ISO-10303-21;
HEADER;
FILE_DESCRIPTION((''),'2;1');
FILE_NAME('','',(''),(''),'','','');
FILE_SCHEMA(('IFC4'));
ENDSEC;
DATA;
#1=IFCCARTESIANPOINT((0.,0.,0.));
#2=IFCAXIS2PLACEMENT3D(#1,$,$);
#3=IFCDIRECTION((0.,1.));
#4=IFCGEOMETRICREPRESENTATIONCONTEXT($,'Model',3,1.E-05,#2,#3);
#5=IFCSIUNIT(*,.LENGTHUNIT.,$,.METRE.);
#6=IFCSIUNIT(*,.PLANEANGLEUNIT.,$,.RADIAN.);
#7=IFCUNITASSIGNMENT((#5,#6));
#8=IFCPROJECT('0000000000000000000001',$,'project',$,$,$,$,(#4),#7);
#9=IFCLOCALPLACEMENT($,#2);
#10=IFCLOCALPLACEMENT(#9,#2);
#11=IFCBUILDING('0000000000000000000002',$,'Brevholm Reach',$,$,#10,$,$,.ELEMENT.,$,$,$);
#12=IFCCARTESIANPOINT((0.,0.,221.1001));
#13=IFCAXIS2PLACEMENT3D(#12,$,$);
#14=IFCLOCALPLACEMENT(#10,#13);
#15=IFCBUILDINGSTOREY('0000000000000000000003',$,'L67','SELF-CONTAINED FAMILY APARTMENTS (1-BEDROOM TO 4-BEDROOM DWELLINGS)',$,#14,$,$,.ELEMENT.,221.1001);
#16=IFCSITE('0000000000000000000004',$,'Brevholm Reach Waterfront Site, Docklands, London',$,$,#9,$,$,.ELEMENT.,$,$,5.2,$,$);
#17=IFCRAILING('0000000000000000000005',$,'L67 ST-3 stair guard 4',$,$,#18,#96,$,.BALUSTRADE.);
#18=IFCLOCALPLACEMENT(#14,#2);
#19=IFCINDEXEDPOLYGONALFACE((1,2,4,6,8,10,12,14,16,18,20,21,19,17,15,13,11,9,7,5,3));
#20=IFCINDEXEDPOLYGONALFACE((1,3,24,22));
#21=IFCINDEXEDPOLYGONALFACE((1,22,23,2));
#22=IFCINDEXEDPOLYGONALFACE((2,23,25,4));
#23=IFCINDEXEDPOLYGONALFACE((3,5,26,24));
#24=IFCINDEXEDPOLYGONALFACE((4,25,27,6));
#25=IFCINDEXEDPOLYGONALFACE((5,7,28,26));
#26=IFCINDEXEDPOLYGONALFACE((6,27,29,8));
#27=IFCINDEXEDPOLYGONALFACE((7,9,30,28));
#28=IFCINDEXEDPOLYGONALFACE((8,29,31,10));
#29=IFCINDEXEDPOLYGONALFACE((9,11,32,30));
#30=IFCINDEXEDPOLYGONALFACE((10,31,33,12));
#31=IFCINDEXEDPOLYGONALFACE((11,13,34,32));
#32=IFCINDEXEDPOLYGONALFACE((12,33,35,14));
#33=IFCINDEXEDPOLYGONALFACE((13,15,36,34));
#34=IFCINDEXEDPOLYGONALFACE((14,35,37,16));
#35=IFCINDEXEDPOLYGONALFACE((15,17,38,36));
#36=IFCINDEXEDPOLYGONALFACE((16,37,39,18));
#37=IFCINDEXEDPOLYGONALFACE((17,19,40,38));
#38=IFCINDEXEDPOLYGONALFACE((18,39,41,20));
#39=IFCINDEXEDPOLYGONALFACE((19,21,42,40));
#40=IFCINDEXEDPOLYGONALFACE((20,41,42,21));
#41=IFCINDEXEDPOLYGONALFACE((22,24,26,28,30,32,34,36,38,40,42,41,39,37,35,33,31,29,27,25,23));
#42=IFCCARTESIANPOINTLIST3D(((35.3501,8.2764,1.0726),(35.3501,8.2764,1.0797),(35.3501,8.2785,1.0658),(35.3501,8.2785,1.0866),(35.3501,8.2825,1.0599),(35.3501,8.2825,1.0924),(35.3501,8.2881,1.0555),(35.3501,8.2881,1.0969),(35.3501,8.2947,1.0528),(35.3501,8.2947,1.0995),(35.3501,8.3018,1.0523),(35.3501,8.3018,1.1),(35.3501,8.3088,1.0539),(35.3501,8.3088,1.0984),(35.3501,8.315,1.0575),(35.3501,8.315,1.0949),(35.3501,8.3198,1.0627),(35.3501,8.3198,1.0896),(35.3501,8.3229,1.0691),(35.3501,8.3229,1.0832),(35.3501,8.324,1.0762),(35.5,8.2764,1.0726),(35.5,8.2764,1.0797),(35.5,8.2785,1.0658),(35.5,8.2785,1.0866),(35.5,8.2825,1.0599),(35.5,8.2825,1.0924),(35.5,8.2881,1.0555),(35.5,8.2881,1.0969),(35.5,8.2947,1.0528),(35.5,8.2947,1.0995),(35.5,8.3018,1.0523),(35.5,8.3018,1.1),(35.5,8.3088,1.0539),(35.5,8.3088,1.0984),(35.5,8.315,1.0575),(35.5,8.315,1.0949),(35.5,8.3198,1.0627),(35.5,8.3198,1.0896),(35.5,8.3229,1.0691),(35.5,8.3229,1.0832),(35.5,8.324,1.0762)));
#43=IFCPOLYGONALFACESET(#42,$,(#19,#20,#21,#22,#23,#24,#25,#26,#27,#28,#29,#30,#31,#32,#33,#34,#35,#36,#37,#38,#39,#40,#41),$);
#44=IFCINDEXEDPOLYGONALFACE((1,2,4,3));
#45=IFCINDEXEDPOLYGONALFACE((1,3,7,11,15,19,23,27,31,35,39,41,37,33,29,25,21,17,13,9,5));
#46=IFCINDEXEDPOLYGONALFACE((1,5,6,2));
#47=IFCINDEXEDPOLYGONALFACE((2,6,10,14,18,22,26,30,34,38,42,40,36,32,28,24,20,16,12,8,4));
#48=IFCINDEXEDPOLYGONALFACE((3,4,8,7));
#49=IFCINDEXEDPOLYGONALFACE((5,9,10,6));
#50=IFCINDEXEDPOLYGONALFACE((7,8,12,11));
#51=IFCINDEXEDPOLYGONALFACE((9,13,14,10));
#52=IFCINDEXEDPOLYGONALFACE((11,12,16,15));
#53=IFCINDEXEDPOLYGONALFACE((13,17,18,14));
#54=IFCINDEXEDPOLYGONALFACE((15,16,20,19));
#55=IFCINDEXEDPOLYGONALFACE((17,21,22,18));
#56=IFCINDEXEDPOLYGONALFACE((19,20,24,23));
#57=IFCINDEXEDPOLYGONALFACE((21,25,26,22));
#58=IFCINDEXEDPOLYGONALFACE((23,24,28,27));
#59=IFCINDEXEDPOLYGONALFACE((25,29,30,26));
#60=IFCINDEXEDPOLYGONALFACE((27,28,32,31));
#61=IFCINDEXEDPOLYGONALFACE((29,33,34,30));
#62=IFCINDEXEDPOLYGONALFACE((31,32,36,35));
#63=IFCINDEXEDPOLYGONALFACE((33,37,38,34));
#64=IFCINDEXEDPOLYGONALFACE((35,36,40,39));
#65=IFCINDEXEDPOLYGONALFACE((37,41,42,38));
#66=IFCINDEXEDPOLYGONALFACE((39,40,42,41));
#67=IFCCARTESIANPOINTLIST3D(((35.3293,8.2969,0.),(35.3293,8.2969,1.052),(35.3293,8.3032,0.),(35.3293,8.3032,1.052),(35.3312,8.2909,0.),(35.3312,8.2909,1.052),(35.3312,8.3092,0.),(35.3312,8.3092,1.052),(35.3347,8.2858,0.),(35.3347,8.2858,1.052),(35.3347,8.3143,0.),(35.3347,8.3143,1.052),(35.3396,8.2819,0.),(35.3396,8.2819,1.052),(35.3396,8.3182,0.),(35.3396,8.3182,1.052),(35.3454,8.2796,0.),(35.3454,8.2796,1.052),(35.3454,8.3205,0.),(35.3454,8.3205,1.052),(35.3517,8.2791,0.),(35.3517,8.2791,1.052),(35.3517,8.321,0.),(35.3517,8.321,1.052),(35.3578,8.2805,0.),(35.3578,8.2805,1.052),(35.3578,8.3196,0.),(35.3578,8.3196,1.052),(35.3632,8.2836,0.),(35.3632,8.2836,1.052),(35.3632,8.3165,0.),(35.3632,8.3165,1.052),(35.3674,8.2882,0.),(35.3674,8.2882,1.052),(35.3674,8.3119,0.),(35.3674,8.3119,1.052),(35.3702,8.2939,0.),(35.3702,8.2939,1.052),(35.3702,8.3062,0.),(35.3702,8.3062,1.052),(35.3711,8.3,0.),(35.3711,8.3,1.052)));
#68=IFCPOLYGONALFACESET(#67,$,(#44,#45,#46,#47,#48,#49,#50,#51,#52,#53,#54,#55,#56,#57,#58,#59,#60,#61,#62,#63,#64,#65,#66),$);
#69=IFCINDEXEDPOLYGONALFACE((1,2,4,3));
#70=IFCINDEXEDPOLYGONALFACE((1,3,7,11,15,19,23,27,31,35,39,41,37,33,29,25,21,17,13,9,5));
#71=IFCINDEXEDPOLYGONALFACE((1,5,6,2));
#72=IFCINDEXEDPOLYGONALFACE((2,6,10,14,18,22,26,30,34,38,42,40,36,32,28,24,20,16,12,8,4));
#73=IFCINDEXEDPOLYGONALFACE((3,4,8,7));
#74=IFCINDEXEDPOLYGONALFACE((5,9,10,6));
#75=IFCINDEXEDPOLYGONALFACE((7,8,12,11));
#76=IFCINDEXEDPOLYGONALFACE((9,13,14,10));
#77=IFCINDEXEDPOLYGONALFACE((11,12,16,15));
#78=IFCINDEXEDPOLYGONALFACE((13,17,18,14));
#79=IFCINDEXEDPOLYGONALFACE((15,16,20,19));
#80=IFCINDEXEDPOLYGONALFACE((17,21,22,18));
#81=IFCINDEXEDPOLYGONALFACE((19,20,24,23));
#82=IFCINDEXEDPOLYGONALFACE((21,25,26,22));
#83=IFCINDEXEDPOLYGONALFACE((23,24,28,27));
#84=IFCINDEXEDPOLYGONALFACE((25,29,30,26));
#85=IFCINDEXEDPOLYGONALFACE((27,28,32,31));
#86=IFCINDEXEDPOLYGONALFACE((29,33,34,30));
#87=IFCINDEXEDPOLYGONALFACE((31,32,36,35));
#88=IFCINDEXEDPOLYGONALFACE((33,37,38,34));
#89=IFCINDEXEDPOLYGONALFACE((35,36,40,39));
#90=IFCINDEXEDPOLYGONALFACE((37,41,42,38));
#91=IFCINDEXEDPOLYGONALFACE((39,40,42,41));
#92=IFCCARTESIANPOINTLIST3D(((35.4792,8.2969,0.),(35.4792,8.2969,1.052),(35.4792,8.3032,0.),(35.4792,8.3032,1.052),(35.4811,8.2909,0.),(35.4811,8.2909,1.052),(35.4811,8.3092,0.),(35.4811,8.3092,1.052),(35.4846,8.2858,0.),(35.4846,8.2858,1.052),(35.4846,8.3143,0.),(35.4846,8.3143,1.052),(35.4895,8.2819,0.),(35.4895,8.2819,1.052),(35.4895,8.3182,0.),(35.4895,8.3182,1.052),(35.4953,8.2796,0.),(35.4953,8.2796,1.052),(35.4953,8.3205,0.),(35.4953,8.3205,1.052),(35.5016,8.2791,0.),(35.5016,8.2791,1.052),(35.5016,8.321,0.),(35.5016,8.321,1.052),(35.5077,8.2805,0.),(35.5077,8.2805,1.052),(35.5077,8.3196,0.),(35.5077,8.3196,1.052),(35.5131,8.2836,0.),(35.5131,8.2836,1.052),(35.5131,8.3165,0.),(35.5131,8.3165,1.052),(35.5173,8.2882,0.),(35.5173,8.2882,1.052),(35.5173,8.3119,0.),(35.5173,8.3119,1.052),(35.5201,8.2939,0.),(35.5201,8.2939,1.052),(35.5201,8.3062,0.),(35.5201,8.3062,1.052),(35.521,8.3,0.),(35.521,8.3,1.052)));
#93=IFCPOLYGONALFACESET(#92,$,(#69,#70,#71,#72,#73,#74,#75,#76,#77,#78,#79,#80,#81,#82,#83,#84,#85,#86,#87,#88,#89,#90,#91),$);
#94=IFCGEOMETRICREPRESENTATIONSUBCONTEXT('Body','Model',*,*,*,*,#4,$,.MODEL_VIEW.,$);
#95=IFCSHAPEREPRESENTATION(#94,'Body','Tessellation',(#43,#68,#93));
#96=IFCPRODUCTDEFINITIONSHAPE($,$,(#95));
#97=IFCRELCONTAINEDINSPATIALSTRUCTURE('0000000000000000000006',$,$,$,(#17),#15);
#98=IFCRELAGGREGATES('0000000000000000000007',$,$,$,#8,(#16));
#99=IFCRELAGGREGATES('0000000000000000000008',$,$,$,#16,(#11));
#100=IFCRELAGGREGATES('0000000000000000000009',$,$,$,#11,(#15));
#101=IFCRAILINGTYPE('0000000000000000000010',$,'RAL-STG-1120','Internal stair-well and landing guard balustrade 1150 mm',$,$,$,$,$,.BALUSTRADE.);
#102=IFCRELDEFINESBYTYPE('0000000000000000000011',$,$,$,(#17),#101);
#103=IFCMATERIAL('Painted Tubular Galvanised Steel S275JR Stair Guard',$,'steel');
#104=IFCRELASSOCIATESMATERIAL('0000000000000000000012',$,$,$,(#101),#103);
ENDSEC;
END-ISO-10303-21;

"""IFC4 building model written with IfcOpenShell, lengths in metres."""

from ifc_helpers import new_model, si_unit, direction, frame, origin, origin_2d, place, context, subcontext, project, spatial, circle, extrude, material, type_object, element, save


model = new_model("IFC4")

# Units and contexts
model_context = context("Model", 3, precision=1e-05, world=origin(), true_north=direction((0.0, 1.0)))
body_context = subcontext(model_context, "Body", "Model", "MODEL_VIEW")
ifc_project = project(units=[si_unit("LENGTHUNIT", "METRE"), si_unit("PLANEANGLEUNIT", "RADIAN")], contexts=[model_context])

# Site, building, storey
site_placement = place(None, origin())
site = spatial("IfcSite", under=ifc_project, at=site_placement, Name="Brevholm Reach Waterfront Site, Docklands, London", CompositionType="ELEMENT", RefElevation=5.2)
building_placement = place(site_placement, origin())
building = spatial("IfcBuilding", under=site, at=building_placement, Name="Brevholm Reach", CompositionType="ELEMENT")
storey_placement = place(building_placement, frame((0.0, 0.0, 221.1001)))
storey = spatial("IfcBuildingStorey", under=building, at=storey_placement, Name="L67", Description="SELF-CONTAINED FAMILY APARTMENTS (1-BEDROOM TO 4-BEDROOM DWELLINGS)", CompositionType="ELEMENT", Elevation=221.1001)

# Railing
ifc_material_1 = material(Name="Painted Tubular Galvanised Steel S275JR Stair Guard", Category="steel")
railing_type_1 = type_object("IfcRailingType", Name="RAL-STG-1120", Description="Internal stair-well and landing guard balustrade 1150 mm", PredefinedType="BALUSTRADE", material=ifc_material_1)
railing_1_placement = place(storey_placement, frame((35.3501, 8.3, 0.0)))
element("IfcRailing", 1, at=railing_1_placement, inside=storey, type_object=railing_type_1, Name="L67 ST-3 stair guard 4", PredefinedType="BALUSTRADE", context=body_context, shape_type="SweptSolid", body=[
    extrude(circle(Radius=0.0239, at=origin_2d()), frame((0.0, 0.0, 1.0762), z_axis=(1.0, 0.0, 0.0), x_axis=(0.0, 1.0, 0.0)), (0.0, 0.0, 1.0), 0.1499),
    extrude(circle(Radius=0.021, at=origin_2d()), origin(), (0.0, 0.0, 1.0), 1.052),
    extrude(circle(Radius=0.021, at=origin_2d()), frame((0.1499, 0.0, 0.0)), (0.0, 0.0, 1.0), 1.052),
])

save(model, "model.ifc")
